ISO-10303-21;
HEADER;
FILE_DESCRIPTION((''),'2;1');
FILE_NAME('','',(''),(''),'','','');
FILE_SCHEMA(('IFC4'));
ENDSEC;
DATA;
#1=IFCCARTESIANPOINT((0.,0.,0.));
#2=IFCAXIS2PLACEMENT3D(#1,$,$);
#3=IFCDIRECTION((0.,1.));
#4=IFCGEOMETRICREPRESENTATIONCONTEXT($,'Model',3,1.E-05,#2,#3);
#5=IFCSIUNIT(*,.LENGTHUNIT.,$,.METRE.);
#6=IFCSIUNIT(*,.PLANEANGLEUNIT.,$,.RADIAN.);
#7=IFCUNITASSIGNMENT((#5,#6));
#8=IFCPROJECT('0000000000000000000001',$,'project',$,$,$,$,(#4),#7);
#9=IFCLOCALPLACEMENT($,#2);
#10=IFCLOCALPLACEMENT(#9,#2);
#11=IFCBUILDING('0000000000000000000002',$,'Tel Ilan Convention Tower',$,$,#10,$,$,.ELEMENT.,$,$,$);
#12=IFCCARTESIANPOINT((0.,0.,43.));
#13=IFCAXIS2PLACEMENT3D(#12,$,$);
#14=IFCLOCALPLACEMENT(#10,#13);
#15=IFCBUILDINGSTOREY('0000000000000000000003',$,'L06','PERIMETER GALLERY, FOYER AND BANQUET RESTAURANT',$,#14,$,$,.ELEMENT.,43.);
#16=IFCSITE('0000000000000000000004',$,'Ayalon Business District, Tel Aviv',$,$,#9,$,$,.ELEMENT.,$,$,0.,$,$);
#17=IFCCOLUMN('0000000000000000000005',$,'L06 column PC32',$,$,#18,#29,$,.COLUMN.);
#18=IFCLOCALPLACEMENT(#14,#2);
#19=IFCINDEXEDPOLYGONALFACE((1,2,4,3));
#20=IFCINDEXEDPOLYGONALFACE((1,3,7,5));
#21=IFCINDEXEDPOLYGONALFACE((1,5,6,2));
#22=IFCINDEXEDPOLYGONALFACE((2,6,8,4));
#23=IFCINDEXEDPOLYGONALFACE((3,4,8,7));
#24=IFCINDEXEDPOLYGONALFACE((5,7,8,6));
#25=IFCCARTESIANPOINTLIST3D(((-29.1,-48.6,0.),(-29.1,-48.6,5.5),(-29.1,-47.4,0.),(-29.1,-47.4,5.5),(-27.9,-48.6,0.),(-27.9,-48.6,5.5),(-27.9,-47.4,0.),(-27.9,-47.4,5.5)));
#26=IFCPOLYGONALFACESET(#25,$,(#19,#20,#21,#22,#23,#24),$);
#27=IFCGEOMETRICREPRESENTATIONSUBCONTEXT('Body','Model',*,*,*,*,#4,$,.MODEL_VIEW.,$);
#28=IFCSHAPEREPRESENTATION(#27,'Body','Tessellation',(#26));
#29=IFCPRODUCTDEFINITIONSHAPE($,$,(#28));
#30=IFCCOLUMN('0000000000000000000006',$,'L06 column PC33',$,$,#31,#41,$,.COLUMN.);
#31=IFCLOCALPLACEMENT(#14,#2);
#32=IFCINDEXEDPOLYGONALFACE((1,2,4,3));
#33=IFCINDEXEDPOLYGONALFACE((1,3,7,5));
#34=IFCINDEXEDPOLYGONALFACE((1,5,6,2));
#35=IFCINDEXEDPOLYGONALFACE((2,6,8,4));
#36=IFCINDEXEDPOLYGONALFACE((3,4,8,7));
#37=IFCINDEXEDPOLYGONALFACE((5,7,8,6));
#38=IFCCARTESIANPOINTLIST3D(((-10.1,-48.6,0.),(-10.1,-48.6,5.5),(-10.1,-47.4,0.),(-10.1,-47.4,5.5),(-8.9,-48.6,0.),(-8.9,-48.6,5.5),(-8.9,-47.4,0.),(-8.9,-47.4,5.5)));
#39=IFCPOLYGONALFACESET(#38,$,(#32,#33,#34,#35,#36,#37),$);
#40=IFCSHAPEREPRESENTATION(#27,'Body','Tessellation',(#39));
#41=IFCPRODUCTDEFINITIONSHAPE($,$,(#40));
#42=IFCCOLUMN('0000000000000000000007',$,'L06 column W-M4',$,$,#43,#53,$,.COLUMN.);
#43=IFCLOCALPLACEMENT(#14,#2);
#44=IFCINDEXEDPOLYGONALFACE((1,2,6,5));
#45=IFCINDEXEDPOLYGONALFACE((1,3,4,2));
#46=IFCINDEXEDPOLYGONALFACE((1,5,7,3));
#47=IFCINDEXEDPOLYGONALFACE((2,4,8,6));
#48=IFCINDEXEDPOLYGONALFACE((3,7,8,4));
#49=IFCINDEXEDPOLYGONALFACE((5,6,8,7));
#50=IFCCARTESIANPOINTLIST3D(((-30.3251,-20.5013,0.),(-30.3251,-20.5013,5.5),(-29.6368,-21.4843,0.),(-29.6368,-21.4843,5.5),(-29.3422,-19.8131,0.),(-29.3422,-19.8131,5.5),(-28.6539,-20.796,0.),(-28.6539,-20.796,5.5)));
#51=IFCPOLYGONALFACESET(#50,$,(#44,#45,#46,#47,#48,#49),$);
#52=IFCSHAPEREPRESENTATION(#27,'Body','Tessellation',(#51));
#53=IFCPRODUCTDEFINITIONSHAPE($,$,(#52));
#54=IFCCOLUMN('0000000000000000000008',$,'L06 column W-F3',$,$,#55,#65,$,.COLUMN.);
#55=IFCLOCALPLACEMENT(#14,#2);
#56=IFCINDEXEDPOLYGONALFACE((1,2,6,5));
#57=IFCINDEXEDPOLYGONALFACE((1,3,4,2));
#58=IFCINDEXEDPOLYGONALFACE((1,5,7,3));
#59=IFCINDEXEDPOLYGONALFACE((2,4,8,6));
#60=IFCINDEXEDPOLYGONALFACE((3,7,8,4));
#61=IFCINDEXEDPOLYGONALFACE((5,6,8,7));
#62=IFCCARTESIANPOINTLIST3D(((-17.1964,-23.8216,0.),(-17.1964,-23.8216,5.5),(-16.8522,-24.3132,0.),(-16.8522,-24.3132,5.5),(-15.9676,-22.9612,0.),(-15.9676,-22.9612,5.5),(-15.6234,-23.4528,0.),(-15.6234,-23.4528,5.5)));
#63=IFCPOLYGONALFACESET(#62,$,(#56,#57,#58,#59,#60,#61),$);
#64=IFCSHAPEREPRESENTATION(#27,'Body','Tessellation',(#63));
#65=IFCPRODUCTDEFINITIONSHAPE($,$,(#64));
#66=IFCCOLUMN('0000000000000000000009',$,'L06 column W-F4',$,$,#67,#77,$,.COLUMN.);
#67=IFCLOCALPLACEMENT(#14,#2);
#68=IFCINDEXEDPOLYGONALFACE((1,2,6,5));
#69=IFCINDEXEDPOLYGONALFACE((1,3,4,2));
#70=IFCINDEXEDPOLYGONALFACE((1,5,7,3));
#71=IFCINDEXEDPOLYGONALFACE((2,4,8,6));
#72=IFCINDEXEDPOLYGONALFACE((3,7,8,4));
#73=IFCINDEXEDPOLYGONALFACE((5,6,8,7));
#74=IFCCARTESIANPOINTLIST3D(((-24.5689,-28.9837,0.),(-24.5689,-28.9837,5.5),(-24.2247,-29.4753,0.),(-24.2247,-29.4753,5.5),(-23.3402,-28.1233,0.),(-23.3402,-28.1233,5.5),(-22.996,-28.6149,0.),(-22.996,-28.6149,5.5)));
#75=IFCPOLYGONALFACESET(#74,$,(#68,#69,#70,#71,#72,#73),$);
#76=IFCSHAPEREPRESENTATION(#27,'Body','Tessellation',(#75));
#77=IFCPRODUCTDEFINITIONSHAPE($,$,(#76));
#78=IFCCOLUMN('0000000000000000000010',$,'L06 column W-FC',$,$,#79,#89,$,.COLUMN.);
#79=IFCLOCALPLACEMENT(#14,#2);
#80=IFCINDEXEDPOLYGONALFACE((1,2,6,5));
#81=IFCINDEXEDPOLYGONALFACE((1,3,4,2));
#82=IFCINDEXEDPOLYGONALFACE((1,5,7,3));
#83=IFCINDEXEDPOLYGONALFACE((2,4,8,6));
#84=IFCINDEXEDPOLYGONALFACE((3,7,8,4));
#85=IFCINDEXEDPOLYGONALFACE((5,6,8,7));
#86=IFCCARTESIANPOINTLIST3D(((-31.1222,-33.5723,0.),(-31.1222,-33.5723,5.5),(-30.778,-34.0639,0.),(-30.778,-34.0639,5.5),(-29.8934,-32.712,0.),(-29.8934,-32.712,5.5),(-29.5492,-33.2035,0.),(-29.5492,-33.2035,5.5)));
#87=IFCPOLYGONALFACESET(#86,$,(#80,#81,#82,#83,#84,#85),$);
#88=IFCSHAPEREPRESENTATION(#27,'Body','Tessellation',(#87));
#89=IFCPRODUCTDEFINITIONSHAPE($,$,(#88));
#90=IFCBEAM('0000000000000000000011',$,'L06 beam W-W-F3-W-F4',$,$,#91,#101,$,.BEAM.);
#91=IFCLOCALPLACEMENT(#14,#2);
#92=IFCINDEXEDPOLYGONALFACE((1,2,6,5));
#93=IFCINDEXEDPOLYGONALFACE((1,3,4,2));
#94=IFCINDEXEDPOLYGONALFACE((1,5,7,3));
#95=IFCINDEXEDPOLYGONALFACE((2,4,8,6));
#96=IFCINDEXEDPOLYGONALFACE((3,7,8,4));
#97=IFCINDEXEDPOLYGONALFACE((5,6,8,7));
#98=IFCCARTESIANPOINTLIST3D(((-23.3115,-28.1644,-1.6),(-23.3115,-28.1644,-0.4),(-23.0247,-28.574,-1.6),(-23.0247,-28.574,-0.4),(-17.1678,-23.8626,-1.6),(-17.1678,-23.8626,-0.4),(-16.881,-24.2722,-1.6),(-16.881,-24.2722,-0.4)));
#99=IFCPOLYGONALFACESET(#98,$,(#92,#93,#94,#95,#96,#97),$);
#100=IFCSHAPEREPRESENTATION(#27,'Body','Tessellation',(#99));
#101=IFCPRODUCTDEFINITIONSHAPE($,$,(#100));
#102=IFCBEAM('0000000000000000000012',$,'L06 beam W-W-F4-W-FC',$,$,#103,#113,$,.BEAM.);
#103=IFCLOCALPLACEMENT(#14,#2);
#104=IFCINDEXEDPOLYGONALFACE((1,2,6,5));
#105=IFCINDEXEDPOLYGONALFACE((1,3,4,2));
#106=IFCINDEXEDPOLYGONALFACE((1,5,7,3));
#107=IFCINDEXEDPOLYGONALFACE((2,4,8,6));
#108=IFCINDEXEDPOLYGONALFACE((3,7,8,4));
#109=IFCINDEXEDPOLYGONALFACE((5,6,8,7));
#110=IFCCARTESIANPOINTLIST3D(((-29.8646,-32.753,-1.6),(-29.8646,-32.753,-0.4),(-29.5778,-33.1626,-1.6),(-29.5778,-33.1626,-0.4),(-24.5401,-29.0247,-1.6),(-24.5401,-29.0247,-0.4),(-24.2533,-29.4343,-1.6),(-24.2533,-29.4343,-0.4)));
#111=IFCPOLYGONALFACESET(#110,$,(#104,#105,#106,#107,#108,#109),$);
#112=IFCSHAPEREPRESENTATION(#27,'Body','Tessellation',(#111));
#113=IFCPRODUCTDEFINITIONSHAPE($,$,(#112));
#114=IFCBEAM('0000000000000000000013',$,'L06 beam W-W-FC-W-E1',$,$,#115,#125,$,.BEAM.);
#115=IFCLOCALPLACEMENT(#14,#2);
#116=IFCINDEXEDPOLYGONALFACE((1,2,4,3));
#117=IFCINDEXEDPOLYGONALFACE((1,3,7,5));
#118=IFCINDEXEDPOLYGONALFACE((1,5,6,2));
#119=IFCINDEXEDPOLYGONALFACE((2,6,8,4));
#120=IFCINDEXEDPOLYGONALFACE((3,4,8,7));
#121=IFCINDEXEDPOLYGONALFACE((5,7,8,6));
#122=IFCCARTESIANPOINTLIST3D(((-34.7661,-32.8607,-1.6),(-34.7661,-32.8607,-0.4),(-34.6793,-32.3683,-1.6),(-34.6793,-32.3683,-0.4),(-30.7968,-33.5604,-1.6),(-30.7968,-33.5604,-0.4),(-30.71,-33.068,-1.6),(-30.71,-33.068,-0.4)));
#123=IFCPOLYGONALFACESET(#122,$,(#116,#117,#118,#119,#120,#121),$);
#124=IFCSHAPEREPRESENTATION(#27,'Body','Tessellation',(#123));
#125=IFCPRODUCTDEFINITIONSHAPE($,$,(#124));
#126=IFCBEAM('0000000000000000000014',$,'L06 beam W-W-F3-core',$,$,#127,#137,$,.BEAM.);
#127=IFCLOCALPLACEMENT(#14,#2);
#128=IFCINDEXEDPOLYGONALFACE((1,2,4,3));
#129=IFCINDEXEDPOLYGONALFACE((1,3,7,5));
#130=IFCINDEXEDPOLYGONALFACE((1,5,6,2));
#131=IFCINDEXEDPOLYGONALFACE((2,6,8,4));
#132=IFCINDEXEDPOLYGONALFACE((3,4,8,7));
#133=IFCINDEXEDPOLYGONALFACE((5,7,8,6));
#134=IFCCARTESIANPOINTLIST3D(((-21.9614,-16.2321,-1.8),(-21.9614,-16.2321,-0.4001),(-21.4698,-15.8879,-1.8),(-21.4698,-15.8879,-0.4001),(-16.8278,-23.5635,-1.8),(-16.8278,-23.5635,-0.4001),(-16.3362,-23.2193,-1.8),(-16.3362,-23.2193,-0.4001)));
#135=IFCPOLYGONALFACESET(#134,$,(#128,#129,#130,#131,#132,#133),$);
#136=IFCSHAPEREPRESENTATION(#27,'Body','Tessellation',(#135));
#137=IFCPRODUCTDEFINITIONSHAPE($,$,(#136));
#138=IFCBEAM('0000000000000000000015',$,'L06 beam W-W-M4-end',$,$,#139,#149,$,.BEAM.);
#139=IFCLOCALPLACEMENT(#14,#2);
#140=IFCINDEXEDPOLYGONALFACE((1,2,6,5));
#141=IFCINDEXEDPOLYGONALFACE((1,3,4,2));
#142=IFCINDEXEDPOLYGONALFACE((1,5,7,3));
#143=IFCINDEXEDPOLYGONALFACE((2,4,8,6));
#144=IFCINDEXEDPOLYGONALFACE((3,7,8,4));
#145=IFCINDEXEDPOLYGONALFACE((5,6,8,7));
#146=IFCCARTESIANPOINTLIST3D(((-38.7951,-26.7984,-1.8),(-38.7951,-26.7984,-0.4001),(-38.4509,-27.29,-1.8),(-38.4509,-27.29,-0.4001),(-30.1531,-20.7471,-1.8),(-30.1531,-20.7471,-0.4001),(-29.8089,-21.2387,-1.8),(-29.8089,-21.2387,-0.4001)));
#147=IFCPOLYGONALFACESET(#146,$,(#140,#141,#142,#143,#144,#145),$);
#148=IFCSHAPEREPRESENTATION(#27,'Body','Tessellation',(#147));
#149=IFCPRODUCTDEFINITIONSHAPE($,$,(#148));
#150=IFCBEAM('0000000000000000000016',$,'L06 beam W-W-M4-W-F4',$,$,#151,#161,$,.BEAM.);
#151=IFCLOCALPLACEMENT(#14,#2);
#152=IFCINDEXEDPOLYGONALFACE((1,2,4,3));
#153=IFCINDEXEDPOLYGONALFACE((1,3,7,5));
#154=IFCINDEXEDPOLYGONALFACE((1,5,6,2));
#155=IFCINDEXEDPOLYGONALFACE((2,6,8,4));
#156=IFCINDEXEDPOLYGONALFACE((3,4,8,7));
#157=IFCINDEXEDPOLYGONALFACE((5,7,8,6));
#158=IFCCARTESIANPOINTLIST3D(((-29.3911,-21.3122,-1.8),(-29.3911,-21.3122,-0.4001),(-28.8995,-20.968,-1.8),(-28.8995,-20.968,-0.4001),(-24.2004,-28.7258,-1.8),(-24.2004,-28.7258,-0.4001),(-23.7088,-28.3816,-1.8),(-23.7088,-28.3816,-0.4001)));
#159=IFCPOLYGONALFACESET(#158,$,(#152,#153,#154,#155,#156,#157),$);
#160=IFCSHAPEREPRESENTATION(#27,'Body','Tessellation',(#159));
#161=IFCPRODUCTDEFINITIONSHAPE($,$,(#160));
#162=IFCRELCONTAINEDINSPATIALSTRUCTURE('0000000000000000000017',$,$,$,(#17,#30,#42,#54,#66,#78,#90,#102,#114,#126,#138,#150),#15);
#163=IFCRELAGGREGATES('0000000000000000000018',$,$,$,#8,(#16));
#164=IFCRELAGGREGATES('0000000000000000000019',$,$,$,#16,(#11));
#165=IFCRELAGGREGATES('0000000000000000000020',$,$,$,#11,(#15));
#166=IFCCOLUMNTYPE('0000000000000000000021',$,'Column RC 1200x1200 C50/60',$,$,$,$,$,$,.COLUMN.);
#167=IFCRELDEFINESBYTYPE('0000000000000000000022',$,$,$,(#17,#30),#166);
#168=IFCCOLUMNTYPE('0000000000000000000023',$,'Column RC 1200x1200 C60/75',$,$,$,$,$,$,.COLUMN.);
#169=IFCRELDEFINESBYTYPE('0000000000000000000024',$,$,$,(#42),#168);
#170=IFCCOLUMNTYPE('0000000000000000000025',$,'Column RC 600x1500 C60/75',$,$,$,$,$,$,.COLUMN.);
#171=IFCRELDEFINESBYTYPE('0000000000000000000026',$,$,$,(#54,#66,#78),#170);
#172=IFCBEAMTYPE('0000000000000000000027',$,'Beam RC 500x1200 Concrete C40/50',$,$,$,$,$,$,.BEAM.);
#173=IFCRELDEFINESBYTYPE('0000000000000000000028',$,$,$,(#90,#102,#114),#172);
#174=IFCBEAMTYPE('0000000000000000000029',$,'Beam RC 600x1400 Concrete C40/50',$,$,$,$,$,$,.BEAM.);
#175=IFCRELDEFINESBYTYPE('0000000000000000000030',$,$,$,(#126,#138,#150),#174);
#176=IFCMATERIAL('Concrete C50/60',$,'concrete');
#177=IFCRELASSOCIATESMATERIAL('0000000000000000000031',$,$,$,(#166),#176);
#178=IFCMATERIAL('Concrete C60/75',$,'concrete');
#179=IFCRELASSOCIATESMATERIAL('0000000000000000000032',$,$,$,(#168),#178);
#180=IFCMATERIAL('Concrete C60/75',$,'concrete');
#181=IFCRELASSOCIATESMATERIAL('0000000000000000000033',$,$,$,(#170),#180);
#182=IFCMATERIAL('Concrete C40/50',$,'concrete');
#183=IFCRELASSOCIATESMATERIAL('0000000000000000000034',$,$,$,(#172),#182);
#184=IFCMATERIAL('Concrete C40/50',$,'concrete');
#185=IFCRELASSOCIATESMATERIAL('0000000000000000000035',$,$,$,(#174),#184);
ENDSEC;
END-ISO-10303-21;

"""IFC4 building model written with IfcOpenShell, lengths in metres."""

from ifc_helpers import new_model, si_unit, direction, frame, origin, origin_2d, place, context, subcontext, project, spatial, rectangle, extrude, material, material_profile, profile_set, type_object, element, save


model = new_model("IFC4")

# Units and contexts
model_context = context("Model", 3, precision=1e-05, world=origin(), true_north=direction((0.0, 1.0)))
body_context = subcontext(model_context, "Body", "Model", "MODEL_VIEW")
ifc_project = project(units=[si_unit("LENGTHUNIT", "METRE"), si_unit("PLANEANGLEUNIT", "RADIAN")], contexts=[model_context])

# Site, building, storey
site_placement = place(None, origin())
site = spatial("IfcSite", under=ifc_project, at=site_placement, Name="Ayalon Business District, Tel Aviv", CompositionType="ELEMENT", RefElevation=0.0)
building_placement = place(site_placement, origin())
building = spatial("IfcBuilding", under=site, at=building_placement, Name="Tel Ilan Convention Tower", CompositionType="ELEMENT")
storey_placement = place(building_placement, frame((0.0, 0.0, 43.0)))
storey = spatial("IfcBuildingStorey", under=building, at=storey_placement, Name="L06", Description="PERIMETER GALLERY, FOYER AND BANQUET RESTAURANT", CompositionType="ELEMENT", Elevation=43.0)

# Columns
ifc_material_1 = material(Name="Concrete C50/60", Category="concrete")
ifc_material_profile_1 = material_profile(ifc_material_1, rectangle(XDim=1.2, YDim=1.2, at=origin_2d()), Name="RC 1200x1200")
ifc_profile_set_1 = profile_set([ifc_material_profile_1], Name="Concrete C50/60")
column_type_1 = type_object("IfcColumnType", Name="Column RC 1200x1200 C50/60", PredefinedType="COLUMN", material=ifc_profile_set_1)
for number, where, z_axis, x_axis, name in (
    (1, (-28.5, -48.0, 0.0), (0.0, 0.0, 1.0), (1.0, 0.0, 0.0), "L06 column PC32"),
    (2, (-9.5, -48.0, 0.0), (0.0, 0.0, 1.0), (1.0, 0.0, 0.0), "L06 column PC33"),
):
    element("IfcColumn", number, at=place(storey_placement, frame(where, z_axis=z_axis, x_axis=x_axis)), inside=storey, type_object=column_type_1, Name=name, PredefinedType="COLUMN", context=body_context, shape_type="SweptSolid", body=[
        extrude(rectangle(XDim=1.2, YDim=1.2, at=origin_2d()), origin(), (0.0, 0.0, 1.0), 5.5),
    ])
ifc_material_2 = material(Name="Concrete C60/75", Category="concrete")
ifc_material_profile_2 = material_profile(ifc_material_2, rectangle(XDim=1.2, YDim=1.2, at=origin_2d()), Name="RC 1200x1200")
ifc_profile_set_2 = profile_set([ifc_material_profile_2], Name="Concrete C60/75")
column_type_2 = type_object("IfcColumnType", Name="Column RC 1200x1200 C60/75", PredefinedType="COLUMN", material=ifc_profile_set_2)
column_placement = place(storey_placement, frame((-29.4895, -20.6487, 0.0), z_axis=(0.0, 0.0, 1.0), x_axis=(-0.819152, -0.573576, 0.0)))
element("IfcColumn", 3, at=column_placement, inside=storey, type_object=column_type_2, Name="L06 column W-M4", PredefinedType="COLUMN", context=body_context, shape_type="SweptSolid", body=[
    extrude(rectangle(XDim=1.2, YDim=1.2, at=origin_2d()), origin(), (0.0, 0.0, 1.0), 5.5),
])
ifc_material_3 = material(Name="Concrete C60/75", Category="concrete")
ifc_material_profile_3 = material_profile(ifc_material_3, rectangle(XDim=1.5, YDim=0.6001, at=origin_2d()), Name="RC 600x1500")
ifc_profile_set_3 = profile_set([ifc_material_profile_3], Name="Concrete C60/75")
column_type_3 = type_object("IfcColumnType", Name="Column RC 600x1500 C60/75", PredefinedType="COLUMN", material=ifc_profile_set_3)
for number, where, z_axis, x_axis, name in (
    (4, (-16.4099, -23.6372, 0.0), (0.0, 0.0, 1.0), (-0.819152, -0.573576, 0.0), "L06 column W-F3"),
    (5, (-23.7825, -28.7993, 0.0), (0.0, 0.0, 1.0), (-0.819152, -0.573576, 0.0), "L06 column W-F4"),
    (6, (-30.3357, -33.3879, 0.0), (0.0, 0.0, 1.0), (-0.819152, -0.573576, 0.0), "L06 column W-FC"),
):
    element("IfcColumn", number, at=place(storey_placement, frame(where, z_axis=z_axis, x_axis=x_axis)), inside=storey, type_object=column_type_3, Name=name, PredefinedType="COLUMN", context=body_context, shape_type="SweptSolid", body=[
        extrude(rectangle(XDim=1.5, YDim=0.6001, at=origin_2d()), origin(), (0.0, 0.0, 1.0), 5.5),
    ])

# Beams
ifc_material_4 = material(Name="Concrete C40/50", Category="concrete")
ifc_material_profile_4 = material_profile(ifc_material_4, rectangle(XDim=0.5, YDim=1.2, at=origin_2d()), Name="RC 500x1200")
ifc_profile_set_4 = profile_set([ifc_material_profile_4], Name="Concrete C40/50")
beam_type_1 = type_object("IfcBeamType", Name="Beam RC 500x1200 Concrete C40/50", PredefinedType="BEAM", material=ifc_profile_set_4)
beam_1_placement = place(storey_placement, frame((-17.0244, -24.0674, -1.0), z_axis=(-0.819152, -0.573576, 0.0), x_axis=(0.573576, -0.819152, 0.0)))
element("IfcBeam", 7, at=beam_1_placement, inside=storey, type_object=beam_type_1, Name="L06 beam W-W-F3-W-F4", PredefinedType="BEAM", context=body_context, shape_type="SweptSolid", body=[
    extrude(rectangle(XDim=0.5, YDim=1.2, at=origin_2d()), origin(), (0.0, 0.0, 1.0), 7.5),
])
beam_2_placement = place(storey_placement, frame((-24.3967, -29.2295, -1.0), z_axis=(-0.819149, -0.573581, 0.0), x_axis=(0.573581, -0.819149, 0.0)))
element("IfcBeam", 8, at=beam_2_placement, inside=storey, type_object=beam_type_1, Name="L06 beam W-W-F4-W-FC", PredefinedType="BEAM", context=body_context, shape_type="SweptSolid", body=[
    extrude(rectangle(XDim=0.5, YDim=1.2, at=origin_2d()), origin(), (0.0, 0.0, 1.0), 6.5),
])
beam_3_placement = place(storey_placement, frame((-30.7534, -33.3142, -1.0), z_axis=(-0.984815, 0.173606, 0.0), x_axis=(-0.173606, -0.984815, 0.0)))
element("IfcBeam", 9, at=beam_3_placement, inside=storey, type_object=beam_type_1, Name="L06 beam W-W-FC-W-E1", PredefinedType="BEAM", context=body_context, shape_type="SweptSolid", body=[
    extrude(rectangle(XDim=0.5, YDim=1.2, at=origin_2d()), origin(), (0.0, 0.0, 1.0), 4.0305),
])
ifc_material_5 = material(Name="Concrete C40/50", Category="concrete")
ifc_material_profile_5 = material_profile(ifc_material_5, rectangle(XDim=0.6001, YDim=1.3999, at=origin_2d()), Name="RC 600x1400")
ifc_profile_set_5 = profile_set([ifc_material_profile_5], Name="Concrete C40/50")
beam_type_2 = type_object("IfcBeamType", Name="Beam RC 600x1400 Concrete C40/50", PredefinedType="BEAM", material=ifc_profile_set_5)
beam_4_placement = place(storey_placement, frame((-16.582, -23.3914, -1.1001), z_axis=(-0.573585, 0.819146, 0.0), x_axis=(-0.819146, -0.573585, 0.0)))
element("IfcBeam", 10, at=beam_4_placement, inside=storey, type_object=beam_type_2, Name="L06 beam W-W-F3-core", PredefinedType="BEAM", context=body_context, shape_type="SweptSolid", body=[
    extrude(rectangle(XDim=0.6001, YDim=1.3999, at=origin_2d()), origin(), (0.0, 0.0, 1.0), 8.95),
])
beam_5_placement = place(storey_placement, frame((-29.981, -20.9929, -1.1001), z_axis=(-0.819151, -0.573577, 0.0), x_axis=(0.573577, -0.819151, 0.0)))
element("IfcBeam", 11, at=beam_5_placement, inside=storey, type_object=beam_type_2, Name="L06 beam W-W-M4-end", PredefinedType="BEAM", context=body_context, shape_type="SweptSolid", body=[
    extrude(rectangle(XDim=0.6001, YDim=1.3999, at=origin_2d()), origin(), (0.0, 0.0, 1.0), 10.55),
])
beam_6_placement = place(storey_placement, frame((-29.1453, -21.1401, -1.1001), z_axis=(0.573549, -0.819171, 0.0), x_axis=(0.819171, 0.573549, 0.0)))
element("IfcBeam", 12, at=beam_6_placement, inside=storey, type_object=beam_type_2, Name="L06 beam W-W-M4-W-F4", PredefinedType="BEAM", context=body_context, shape_type="SweptSolid", body=[
    extrude(rectangle(XDim=0.6001, YDim=1.3999, at=origin_2d()), origin(), (0.0, 0.0, 1.0), 9.05),
])

save(model, "model.ifc")
